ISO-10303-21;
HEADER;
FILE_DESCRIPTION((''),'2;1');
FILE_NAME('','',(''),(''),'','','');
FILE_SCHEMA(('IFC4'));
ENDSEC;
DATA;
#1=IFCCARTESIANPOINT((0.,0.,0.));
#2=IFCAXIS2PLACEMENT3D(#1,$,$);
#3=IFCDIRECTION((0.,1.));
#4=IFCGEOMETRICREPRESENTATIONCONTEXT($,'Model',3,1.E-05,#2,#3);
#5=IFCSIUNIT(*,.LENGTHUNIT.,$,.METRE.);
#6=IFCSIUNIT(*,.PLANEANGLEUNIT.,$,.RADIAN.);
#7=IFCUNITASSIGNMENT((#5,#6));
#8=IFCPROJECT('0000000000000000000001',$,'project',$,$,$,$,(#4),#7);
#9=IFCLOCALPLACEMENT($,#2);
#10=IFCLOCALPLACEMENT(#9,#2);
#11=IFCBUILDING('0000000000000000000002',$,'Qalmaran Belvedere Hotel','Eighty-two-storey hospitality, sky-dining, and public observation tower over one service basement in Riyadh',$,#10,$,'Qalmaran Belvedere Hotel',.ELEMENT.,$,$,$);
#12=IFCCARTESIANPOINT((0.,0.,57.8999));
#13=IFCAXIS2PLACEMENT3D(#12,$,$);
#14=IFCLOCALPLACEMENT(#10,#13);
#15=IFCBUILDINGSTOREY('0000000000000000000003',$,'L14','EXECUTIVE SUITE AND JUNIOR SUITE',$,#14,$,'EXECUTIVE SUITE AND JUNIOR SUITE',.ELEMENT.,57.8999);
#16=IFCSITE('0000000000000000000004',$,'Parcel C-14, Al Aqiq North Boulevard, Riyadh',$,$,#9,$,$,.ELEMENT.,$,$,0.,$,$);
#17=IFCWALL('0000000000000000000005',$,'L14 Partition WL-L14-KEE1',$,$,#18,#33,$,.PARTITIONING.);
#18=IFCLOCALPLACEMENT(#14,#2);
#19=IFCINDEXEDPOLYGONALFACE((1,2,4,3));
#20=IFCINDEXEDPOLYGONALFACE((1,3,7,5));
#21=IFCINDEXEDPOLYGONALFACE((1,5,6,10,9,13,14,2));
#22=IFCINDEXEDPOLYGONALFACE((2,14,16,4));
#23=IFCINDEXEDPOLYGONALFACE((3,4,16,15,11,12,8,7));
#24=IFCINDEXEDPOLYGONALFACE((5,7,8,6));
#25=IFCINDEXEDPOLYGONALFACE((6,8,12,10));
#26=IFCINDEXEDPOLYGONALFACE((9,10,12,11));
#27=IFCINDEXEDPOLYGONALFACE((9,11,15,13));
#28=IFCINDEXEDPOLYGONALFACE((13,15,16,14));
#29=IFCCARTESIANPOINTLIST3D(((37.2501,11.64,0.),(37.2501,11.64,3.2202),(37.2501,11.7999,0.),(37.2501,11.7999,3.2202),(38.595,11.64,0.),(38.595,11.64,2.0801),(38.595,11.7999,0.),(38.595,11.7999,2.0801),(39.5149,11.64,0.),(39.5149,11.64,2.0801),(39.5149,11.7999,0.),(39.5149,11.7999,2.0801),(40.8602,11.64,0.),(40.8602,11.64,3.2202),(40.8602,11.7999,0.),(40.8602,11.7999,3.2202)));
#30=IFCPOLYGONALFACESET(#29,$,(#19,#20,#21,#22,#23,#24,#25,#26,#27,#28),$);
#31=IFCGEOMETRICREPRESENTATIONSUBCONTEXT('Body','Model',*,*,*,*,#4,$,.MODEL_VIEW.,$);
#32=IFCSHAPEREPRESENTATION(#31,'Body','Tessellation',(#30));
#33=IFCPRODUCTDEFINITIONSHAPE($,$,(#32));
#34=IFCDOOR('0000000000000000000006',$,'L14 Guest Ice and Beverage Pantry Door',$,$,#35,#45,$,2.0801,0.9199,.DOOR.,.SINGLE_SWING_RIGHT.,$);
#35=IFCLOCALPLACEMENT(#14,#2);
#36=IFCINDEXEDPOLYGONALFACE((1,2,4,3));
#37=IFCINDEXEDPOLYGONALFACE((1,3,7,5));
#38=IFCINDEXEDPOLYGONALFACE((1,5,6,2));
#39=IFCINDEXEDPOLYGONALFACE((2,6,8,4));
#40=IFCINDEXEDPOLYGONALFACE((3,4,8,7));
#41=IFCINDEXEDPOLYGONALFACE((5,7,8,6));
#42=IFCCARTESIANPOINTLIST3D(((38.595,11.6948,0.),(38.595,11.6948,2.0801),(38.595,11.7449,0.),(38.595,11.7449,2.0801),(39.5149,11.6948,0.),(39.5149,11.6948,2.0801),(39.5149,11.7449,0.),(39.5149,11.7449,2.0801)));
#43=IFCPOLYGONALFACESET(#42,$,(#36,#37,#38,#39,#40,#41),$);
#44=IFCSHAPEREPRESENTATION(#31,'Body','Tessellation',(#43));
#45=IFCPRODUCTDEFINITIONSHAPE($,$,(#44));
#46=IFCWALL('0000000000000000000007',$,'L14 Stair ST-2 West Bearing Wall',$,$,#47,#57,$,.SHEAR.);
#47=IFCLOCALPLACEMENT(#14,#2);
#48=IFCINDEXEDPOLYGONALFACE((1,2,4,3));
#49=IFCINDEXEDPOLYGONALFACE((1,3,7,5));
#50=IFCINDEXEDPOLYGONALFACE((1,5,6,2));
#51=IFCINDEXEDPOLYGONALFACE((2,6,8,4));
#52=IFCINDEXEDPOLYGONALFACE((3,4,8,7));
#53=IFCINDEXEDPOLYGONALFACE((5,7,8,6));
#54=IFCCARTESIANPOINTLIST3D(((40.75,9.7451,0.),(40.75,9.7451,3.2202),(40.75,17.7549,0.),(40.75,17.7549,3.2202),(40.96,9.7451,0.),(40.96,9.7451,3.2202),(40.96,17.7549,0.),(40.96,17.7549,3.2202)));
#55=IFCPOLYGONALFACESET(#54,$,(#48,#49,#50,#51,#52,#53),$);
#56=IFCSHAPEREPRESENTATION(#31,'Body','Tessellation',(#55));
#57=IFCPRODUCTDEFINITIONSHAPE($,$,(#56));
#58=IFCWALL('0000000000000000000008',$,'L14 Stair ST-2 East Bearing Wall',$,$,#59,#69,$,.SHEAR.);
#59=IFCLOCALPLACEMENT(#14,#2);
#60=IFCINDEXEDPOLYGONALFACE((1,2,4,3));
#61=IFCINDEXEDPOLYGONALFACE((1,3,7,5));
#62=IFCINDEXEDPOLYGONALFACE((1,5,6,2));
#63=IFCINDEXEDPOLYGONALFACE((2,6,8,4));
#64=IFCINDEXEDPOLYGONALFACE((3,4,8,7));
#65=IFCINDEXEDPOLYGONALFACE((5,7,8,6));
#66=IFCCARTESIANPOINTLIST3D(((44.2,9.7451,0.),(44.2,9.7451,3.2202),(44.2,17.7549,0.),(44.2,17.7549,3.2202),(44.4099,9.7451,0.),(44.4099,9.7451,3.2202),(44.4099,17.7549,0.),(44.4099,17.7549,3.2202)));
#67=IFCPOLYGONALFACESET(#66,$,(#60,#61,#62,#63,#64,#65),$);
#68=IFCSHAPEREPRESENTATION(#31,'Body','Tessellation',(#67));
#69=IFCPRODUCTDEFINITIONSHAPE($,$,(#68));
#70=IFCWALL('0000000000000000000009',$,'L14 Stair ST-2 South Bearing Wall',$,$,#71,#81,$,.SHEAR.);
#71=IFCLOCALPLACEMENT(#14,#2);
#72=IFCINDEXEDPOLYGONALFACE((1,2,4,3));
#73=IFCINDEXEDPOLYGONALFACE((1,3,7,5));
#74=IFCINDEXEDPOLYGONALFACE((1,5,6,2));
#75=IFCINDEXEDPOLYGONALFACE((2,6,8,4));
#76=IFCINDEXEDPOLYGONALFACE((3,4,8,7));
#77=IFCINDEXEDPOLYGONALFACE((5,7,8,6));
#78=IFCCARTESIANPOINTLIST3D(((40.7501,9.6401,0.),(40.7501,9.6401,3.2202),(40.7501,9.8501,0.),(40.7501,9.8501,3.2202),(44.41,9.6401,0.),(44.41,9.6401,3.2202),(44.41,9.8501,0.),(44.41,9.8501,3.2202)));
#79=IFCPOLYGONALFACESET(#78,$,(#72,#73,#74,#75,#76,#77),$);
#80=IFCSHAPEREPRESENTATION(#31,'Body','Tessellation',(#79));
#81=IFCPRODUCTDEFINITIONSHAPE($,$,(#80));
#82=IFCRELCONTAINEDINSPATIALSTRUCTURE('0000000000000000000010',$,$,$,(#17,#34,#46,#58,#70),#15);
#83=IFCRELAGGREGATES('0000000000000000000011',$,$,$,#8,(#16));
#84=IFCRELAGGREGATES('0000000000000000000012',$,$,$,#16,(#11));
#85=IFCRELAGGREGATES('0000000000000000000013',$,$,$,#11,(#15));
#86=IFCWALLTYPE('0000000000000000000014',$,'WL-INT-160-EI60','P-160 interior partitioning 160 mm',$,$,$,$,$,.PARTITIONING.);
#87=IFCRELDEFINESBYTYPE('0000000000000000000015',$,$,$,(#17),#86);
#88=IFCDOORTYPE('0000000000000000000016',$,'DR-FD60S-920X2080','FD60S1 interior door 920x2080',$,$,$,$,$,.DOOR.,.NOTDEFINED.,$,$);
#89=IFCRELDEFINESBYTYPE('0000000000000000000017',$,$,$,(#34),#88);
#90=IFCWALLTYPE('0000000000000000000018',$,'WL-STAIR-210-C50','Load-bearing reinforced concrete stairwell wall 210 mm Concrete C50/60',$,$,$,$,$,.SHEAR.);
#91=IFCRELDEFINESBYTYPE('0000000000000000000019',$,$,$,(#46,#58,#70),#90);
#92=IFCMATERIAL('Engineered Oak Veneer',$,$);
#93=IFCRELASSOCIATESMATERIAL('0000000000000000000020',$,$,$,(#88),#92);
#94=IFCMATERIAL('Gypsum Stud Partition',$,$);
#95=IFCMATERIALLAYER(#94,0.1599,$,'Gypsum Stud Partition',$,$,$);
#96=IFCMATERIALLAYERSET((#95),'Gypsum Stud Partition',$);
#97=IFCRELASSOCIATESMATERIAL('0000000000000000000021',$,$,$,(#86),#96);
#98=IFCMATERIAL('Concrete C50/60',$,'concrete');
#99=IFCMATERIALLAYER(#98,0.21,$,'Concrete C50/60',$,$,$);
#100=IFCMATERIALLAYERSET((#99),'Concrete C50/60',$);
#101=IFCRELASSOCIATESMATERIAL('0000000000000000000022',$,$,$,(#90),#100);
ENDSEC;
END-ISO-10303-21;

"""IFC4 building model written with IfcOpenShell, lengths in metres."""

from ifc_helpers import new_model, si_unit, direction, frame, frame_2d, origin, place, context, subcontext, project, spatial, rectangle, extrude, material, layer, layer_set, type_object, element, fill, save


model = new_model("IFC4")

# Units and contexts
model_context = context("Model", 3, precision=1e-05, world=origin(), true_north=direction((0.0, 1.0)))
body_context = subcontext(model_context, "Body", "Model", "MODEL_VIEW")
ifc_project = project(units=[si_unit("LENGTHUNIT", "METRE"), si_unit("PLANEANGLEUNIT", "RADIAN")], contexts=[model_context])

# Site, building, storey
site_placement = place(None, origin())
site = spatial("IfcSite", under=ifc_project, at=site_placement, Name="Parcel C-14, Al Aqiq North Boulevard, Riyadh", CompositionType="ELEMENT", RefElevation=0.0)
building_placement = place(site_placement, origin())
building = spatial("IfcBuilding", under=site, at=building_placement, Name="Qalmaran Belvedere Hotel", Description="Eighty-two-storey hospitality, sky-dining, and public observation tower over one service basement in Riyadh", LongName="Qalmaran Belvedere Hotel", CompositionType="ELEMENT")
storey_placement = place(building_placement, frame((0.0, 0.0, 57.8999)))
storey = spatial("IfcBuildingStorey", under=building, at=storey_placement, Name="L14", Description="EXECUTIVE SUITE AND JUNIOR SUITE", LongName="EXECUTIVE SUITE AND JUNIOR SUITE", CompositionType="ELEMENT", Elevation=57.8999)

# Shared definitions
ifc_material_1 = material(Name="Gypsum Stud Partition")

# Wall, opening, door
ifc_material_2 = material(Name="Engineered Oak Veneer")
door_type = type_object("IfcDoorType", Name="DR-FD60S-920X2080", Description="FD60S1 interior door 920x2080", OperationType="NOTDEFINED", PredefinedType="DOOR", material=ifc_material_2)
ifc_layer_1 = layer(ifc_material_1, 0.1599, Name="Gypsum Stud Partition")
ifc_layer_set_1 = layer_set([ifc_layer_1], Name="Gypsum Stud Partition")
wall_type_1 = type_object("IfcWallType", Name="WL-INT-160-EI60", Description="P-160 interior partitioning 160 mm", PredefinedType="PARTITIONING", material=ifc_layer_set_1)
wall_1_placement = place(storey_placement, frame((37.25, 11.72, 0.0), z_axis=(0.0, 0.0, 1.0), x_axis=(1.0, 0.0, 0.0)))
wall_1 = element("IfcWall", 1, at=wall_1_placement, inside=storey, type_object=wall_type_1, Name="L14 Partition WL-L14-KEE1", PredefinedType="PARTITIONING", context=body_context, shape_type="SweptSolid", body=[
    extrude(rectangle(XDim=3.6101, YDim=0.1599, at=frame_2d((1.8052, 0.0))), origin(), (0.0, 0.0, 1.0), 3.2202),
])
opening_1_placement = place(wall_1_placement, frame((1.345, 0.0, 0.0)))
opening_1 = element("IfcOpeningElement", 2, at=opening_1_placement, cuts=wall_1, PredefinedType="OPENING", context=body_context, shape_type="SweptSolid", body=[
    extrude(rectangle(XDim=0.9199, YDim=2.0801, at=frame_2d((0.46, 1.04))), frame((0.0, 0.0898, 0.0), z_axis=(0.0, -1.0, 0.0), x_axis=(1.0, 0.0, 0.0)), (0.0, 0.0, 1.0), 0.1799),
])
door_1_placement = place(opening_1_placement, origin())
door_1 = element("IfcDoor", 3, at=door_1_placement, inside=storey, type_object=door_type, Name="L14 Guest Ice and Beverage Pantry Door", OperationType="SINGLE_SWING_RIGHT", OverallHeight=2.0801, OverallWidth=0.9199, PredefinedType="DOOR", context=body_context, shape_type="SweptSolid", body=[
    extrude(rectangle(XDim=0.9199, YDim=2.0801, at=frame_2d((0.46, 1.04))), frame((0.0, 0.0249, 0.0), z_axis=(0.0, -1.0, 0.0), x_axis=(1.0, 0.0, 0.0)), (0.0, 0.0, 1.0), 0.05),
])
fill(opening_1, door_1)

# Walls
ifc_material_3 = material(Name="Concrete C50/60", Category="concrete")
ifc_layer_2 = layer(ifc_material_3, 0.21, Name="Concrete C50/60")
ifc_layer_set_2 = layer_set([ifc_layer_2], Name="Concrete C50/60")
wall_type_2 = type_object("IfcWallType", Name="WL-STAIR-210-C50", Description="Load-bearing reinforced concrete stairwell wall 210 mm Concrete C50/60", PredefinedType="SHEAR", material=ifc_layer_set_2)
for number, where, z_axis, x_axis, name in (
    (4, (40.855, 9.7451, 0.0), (0.0, 0.0, 1.0), (0.0, 1.0, 0.0), "L14 Stair ST-2 West Bearing Wall"),
    (5, (44.3049, 9.7451, 0.0), (0.0, 0.0, 1.0), (0.0, 1.0, 0.0), "L14 Stair ST-2 East Bearing Wall"),
):
    element("IfcWall", number, at=place(storey_placement, frame(where, z_axis=z_axis, x_axis=x_axis)), inside=storey, type_object=wall_type_2, Name=name, PredefinedType="SHEAR", context=body_context, shape_type="SweptSolid", body=[
        extrude(rectangle(XDim=8.0098, YDim=0.21, at=frame_2d((4.0049, 0.0))), origin(), (0.0, 0.0, 1.0), 3.2202),
    ])
wall_2_placement = place(storey_placement, frame((40.75, 9.7451, 0.0), z_axis=(0.0, 0.0, 1.0), x_axis=(1.0, 0.0, 0.0)))
element("IfcWall", 6, at=wall_2_placement, inside=storey, type_object=wall_type_2, Name="L14 Stair ST-2 South Bearing Wall", PredefinedType="SHEAR", context=body_context, shape_type="SweptSolid", body=[
    extrude(rectangle(XDim=3.6599, YDim=0.21, at=frame_2d((1.8301, 0.0))), origin(), (0.0, 0.0, 1.0), 3.2202),
])

save(model, "model.ifc")
